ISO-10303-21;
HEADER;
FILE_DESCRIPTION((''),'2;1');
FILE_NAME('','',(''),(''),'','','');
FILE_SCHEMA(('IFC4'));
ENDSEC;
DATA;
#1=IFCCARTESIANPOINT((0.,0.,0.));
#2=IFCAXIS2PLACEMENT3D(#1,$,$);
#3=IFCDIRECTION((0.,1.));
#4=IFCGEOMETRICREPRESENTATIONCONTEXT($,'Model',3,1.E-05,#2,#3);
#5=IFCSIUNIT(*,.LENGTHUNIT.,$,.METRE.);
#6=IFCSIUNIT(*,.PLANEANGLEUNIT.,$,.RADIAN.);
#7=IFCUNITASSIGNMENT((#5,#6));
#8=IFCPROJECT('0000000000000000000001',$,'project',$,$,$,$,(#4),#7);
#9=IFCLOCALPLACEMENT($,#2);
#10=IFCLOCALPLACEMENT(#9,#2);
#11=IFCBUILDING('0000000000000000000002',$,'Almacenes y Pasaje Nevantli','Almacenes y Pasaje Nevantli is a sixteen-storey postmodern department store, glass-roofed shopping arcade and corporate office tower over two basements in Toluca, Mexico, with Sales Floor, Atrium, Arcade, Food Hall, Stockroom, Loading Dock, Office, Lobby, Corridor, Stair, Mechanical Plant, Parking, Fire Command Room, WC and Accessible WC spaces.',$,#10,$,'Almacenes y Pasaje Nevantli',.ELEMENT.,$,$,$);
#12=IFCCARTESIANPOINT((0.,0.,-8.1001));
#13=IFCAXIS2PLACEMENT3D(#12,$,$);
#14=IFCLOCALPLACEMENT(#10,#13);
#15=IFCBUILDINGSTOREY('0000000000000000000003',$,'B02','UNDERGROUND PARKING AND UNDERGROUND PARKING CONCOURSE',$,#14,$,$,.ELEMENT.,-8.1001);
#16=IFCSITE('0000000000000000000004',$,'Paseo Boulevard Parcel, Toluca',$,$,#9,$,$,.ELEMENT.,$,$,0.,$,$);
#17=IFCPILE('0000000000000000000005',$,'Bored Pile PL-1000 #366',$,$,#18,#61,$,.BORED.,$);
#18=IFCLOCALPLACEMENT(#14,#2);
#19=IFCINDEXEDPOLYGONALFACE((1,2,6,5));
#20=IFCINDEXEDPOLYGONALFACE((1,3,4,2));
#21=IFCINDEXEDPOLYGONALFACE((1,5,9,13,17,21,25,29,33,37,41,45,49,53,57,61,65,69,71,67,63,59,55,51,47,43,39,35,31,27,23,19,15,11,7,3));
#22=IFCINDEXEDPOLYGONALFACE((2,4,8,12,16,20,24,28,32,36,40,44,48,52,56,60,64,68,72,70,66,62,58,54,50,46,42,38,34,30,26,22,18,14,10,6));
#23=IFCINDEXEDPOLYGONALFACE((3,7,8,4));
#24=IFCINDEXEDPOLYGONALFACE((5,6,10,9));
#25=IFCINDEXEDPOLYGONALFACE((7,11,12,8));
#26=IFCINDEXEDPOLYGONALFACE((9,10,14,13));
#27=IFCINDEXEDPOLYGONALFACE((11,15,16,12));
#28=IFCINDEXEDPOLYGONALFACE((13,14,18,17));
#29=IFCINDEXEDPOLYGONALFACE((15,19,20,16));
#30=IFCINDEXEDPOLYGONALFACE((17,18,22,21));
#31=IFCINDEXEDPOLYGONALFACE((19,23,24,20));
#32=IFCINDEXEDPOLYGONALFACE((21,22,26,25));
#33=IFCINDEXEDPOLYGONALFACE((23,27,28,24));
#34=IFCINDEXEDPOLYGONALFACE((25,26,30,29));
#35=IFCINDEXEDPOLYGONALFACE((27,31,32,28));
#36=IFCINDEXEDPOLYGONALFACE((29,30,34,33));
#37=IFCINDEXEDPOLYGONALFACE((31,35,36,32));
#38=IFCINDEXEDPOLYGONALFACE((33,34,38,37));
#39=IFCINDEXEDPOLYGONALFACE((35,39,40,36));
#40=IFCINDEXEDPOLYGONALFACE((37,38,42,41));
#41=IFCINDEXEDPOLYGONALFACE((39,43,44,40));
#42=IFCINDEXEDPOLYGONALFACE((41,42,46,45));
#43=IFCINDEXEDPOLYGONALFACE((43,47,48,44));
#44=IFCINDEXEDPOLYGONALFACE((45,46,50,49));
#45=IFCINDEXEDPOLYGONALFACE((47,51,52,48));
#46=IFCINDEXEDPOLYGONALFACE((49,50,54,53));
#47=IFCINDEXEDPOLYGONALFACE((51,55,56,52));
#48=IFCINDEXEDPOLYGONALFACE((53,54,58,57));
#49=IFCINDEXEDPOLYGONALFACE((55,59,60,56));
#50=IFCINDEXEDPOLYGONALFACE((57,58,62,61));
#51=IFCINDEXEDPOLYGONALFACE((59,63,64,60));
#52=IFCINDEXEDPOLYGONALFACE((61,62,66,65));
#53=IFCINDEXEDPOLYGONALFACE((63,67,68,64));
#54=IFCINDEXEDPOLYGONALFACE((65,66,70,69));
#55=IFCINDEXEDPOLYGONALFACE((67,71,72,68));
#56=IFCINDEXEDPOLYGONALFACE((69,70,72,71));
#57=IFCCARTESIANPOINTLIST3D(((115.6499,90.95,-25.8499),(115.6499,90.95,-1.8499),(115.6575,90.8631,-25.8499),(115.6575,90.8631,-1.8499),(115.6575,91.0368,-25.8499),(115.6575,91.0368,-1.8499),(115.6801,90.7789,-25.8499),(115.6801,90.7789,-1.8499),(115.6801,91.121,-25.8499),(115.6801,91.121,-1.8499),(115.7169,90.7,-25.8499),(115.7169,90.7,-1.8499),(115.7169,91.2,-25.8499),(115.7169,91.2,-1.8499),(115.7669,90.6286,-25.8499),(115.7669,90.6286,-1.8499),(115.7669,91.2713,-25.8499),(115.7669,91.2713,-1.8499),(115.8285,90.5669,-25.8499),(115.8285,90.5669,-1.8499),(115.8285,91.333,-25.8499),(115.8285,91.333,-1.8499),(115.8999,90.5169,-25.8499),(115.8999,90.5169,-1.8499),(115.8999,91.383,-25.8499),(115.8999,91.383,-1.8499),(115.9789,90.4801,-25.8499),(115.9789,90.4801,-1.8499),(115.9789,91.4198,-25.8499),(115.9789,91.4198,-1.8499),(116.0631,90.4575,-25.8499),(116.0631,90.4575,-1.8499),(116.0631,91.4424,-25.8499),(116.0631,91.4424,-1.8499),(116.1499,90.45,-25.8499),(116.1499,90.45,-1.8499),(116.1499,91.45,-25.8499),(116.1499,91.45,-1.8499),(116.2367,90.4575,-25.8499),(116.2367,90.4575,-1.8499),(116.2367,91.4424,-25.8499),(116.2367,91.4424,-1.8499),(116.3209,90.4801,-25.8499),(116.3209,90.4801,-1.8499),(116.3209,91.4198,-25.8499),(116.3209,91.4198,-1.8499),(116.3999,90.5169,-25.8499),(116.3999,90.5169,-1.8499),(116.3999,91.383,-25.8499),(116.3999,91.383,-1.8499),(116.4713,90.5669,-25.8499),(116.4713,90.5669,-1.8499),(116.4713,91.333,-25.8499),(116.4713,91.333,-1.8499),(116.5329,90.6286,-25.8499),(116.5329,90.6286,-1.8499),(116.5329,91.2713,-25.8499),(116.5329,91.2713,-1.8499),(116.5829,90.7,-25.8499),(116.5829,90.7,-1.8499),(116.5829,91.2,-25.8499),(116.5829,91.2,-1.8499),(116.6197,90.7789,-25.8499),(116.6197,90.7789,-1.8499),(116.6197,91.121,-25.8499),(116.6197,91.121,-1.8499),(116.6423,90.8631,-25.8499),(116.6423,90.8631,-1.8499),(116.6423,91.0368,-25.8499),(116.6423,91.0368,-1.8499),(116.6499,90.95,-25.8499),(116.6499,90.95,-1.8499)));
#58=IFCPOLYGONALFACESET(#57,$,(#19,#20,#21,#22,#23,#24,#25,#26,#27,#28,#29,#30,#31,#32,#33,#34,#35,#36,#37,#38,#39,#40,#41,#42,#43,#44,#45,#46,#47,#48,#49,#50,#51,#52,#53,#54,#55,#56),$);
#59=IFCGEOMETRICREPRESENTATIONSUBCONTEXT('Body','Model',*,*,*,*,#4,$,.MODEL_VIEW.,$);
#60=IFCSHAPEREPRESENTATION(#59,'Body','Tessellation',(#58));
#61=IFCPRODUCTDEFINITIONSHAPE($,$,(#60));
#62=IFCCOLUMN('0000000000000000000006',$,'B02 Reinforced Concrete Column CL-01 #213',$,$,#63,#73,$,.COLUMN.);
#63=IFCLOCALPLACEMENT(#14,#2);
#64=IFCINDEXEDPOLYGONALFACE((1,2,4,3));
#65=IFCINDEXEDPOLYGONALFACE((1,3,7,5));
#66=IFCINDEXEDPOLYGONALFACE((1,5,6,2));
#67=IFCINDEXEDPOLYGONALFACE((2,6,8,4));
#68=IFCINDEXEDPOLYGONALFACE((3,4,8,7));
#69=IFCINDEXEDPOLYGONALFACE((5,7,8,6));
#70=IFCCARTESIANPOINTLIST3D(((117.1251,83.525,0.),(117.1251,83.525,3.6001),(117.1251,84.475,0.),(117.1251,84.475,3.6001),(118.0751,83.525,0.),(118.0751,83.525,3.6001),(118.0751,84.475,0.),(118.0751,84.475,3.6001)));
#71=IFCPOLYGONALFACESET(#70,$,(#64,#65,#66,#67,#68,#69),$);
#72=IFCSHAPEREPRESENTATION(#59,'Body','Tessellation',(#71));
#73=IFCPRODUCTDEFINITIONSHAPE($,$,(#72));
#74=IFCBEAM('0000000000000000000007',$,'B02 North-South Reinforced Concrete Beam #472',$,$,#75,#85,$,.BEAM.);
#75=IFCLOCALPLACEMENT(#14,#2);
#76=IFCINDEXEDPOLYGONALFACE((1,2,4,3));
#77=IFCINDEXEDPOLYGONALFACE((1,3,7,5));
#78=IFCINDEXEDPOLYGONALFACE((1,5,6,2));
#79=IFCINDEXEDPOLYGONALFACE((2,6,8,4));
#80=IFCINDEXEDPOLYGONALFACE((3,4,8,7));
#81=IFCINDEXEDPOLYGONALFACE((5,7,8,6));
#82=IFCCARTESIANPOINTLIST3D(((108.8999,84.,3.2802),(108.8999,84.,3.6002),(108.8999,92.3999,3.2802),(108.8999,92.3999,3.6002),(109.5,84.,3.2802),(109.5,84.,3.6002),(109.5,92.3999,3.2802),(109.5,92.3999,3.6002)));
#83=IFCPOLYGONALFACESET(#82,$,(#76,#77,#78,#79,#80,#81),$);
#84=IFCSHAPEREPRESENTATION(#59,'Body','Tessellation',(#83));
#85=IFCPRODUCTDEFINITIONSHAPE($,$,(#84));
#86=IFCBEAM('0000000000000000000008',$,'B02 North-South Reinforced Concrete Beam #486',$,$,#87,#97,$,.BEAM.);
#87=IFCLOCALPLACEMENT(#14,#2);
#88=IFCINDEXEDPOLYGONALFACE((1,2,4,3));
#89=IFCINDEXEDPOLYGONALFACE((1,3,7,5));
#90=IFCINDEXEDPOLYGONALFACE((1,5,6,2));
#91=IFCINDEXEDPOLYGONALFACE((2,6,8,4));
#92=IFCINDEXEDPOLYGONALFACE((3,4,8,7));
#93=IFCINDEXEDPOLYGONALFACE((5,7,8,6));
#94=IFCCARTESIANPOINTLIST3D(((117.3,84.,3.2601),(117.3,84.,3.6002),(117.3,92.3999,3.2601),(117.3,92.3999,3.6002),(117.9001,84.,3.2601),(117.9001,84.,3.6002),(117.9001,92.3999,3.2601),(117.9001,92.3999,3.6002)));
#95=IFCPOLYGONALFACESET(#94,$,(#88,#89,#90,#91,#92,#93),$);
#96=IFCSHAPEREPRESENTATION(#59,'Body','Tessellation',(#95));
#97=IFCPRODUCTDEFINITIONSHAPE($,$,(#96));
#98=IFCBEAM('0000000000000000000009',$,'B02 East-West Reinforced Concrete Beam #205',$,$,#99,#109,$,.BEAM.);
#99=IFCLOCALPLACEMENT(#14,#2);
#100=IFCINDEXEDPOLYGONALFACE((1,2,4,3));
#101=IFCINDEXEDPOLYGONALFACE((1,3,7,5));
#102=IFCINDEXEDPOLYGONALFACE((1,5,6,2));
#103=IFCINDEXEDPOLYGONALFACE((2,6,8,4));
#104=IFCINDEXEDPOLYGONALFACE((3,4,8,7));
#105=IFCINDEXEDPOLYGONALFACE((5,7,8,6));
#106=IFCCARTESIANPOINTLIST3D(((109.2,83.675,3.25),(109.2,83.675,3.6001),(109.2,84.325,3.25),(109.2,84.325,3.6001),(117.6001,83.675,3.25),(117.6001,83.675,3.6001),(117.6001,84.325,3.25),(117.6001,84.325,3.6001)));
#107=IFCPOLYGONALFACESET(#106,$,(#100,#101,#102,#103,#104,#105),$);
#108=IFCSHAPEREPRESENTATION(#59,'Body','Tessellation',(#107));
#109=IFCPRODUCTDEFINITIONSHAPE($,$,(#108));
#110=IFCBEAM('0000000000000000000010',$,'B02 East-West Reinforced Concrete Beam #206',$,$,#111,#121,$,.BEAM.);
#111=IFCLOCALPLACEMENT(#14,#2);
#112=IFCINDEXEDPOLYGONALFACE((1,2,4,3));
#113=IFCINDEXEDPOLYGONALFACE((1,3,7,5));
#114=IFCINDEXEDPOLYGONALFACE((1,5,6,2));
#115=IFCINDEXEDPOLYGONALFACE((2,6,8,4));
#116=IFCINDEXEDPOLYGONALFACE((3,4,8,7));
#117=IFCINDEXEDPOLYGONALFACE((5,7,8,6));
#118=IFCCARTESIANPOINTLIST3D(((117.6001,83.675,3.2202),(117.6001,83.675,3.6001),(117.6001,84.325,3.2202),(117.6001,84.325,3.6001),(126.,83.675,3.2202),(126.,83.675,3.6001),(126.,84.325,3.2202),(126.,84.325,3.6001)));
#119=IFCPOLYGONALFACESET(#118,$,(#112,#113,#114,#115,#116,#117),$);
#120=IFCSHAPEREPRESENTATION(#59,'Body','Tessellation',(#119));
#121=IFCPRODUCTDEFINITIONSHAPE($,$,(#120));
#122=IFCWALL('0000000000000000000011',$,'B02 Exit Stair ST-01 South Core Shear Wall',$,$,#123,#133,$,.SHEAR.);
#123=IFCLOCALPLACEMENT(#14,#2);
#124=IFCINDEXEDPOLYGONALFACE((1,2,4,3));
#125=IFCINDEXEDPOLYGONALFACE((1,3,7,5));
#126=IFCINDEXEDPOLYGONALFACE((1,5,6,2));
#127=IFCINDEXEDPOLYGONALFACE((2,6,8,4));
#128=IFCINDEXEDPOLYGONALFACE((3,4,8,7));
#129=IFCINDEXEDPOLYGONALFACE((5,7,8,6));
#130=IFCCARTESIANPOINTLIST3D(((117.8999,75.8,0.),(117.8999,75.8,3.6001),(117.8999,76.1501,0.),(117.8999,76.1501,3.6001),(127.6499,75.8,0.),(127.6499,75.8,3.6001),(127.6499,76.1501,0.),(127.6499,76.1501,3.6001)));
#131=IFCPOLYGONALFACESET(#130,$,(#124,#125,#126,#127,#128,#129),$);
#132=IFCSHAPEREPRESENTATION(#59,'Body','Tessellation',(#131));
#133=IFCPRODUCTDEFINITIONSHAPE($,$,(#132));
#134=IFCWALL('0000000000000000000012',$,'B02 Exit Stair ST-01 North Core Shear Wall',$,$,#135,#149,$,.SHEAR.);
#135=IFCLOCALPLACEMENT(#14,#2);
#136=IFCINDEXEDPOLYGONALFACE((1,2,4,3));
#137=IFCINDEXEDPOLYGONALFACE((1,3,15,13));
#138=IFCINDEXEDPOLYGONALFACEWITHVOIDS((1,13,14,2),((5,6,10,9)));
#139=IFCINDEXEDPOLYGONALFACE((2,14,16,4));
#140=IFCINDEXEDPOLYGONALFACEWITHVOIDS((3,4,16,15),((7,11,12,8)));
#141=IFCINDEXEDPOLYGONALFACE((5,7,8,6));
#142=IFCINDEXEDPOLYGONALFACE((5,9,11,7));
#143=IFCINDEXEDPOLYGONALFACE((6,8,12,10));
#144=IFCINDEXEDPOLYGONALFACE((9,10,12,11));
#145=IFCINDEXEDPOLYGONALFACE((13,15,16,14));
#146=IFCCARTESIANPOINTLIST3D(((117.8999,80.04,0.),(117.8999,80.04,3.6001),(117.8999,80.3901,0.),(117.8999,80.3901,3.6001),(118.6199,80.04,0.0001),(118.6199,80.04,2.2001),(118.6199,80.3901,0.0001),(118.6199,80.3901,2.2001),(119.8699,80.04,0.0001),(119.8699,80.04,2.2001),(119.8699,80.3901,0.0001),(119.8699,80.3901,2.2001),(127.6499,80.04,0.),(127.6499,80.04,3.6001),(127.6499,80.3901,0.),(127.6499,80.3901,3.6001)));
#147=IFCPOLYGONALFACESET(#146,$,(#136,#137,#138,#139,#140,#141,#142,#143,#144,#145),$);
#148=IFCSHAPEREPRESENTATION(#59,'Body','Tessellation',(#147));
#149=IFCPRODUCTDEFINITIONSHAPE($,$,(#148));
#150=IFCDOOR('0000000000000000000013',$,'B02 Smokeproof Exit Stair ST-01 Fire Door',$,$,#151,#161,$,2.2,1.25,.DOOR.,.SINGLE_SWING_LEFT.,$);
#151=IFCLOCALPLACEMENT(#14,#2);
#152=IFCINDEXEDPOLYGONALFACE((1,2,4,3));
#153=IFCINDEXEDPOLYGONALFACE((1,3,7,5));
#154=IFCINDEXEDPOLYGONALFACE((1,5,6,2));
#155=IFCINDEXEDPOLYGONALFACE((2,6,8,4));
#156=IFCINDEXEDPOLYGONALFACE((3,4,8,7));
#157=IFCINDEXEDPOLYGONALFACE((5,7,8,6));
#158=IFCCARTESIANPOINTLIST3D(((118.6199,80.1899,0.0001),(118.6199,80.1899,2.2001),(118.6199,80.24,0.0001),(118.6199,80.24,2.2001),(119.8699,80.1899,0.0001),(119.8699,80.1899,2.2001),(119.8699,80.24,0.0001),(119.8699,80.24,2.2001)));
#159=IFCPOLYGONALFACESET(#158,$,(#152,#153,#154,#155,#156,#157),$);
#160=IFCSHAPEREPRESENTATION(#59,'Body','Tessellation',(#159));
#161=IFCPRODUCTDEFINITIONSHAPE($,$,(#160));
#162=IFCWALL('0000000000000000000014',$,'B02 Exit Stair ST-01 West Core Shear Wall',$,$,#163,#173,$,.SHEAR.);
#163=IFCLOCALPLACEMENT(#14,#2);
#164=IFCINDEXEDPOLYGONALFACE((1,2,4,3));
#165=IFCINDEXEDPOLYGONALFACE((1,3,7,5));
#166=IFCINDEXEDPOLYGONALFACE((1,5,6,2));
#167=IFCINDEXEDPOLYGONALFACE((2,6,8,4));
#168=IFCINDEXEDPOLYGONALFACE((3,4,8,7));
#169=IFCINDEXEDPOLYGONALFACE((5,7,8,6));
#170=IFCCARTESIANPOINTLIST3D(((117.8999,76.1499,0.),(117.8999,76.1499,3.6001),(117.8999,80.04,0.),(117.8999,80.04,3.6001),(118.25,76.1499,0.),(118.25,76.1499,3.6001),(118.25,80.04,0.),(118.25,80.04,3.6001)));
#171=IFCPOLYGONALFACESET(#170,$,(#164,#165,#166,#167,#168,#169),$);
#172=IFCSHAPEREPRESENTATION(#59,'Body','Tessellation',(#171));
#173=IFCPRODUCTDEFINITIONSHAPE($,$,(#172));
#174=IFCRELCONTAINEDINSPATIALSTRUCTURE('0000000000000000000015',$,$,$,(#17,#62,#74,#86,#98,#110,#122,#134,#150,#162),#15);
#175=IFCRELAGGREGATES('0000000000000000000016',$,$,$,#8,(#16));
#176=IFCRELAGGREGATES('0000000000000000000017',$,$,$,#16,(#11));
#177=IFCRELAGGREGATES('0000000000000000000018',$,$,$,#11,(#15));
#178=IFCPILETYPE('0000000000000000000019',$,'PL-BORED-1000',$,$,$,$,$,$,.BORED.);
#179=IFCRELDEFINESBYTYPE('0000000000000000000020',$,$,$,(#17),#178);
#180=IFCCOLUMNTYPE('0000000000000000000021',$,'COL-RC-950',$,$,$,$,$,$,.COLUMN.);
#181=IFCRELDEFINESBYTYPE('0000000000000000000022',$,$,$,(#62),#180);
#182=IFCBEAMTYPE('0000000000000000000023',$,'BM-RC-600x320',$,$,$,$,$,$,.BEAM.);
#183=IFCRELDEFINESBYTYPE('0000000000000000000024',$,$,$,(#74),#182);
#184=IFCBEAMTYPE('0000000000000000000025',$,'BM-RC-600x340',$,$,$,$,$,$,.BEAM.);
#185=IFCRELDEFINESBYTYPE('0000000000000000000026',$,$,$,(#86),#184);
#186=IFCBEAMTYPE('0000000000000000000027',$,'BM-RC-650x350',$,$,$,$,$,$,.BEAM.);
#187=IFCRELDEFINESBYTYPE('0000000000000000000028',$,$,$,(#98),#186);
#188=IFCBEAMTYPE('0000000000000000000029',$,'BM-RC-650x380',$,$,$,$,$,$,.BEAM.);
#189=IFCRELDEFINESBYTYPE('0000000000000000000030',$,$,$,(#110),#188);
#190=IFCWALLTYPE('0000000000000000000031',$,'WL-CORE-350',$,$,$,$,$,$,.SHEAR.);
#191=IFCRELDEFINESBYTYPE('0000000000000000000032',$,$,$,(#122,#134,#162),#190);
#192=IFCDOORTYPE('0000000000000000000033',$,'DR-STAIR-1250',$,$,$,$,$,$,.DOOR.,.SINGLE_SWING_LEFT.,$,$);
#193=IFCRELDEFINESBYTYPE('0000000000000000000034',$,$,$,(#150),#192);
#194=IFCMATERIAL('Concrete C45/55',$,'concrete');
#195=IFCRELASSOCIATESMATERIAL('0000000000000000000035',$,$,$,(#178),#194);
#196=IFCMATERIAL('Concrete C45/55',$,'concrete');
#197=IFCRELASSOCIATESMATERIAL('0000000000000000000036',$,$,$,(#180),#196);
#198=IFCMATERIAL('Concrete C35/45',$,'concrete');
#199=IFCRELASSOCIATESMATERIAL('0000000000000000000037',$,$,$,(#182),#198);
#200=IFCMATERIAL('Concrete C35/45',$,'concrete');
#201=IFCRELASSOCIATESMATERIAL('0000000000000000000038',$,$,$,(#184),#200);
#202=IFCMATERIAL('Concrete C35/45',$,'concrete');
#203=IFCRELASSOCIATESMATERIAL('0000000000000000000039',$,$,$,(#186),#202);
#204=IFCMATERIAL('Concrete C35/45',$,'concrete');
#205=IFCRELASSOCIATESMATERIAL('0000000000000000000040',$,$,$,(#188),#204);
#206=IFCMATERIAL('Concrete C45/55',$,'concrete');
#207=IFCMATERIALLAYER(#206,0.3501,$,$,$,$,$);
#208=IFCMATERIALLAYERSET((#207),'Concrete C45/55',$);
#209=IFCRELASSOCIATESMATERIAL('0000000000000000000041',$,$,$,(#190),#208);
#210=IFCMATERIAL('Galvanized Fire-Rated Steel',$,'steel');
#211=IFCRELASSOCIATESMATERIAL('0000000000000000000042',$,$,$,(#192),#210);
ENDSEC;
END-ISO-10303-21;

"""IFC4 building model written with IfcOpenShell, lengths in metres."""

from ifc_helpers import new_model, si_unit, direction, frame, frame_2d, origin, origin_2d, place, context, subcontext, project, spatial, rectangle, circle, extrude, material, layer, layer_set, material_profile, profile_set, type_object, element, fill, save


model = new_model("IFC4")

# Units and contexts
model_context = context("Model", 3, precision=1e-05, world=origin(), true_north=direction((0.0, 1.0)))
body_context = subcontext(model_context, "Body", "Model", "MODEL_VIEW")
ifc_project = project(units=[si_unit("LENGTHUNIT", "METRE"), si_unit("PLANEANGLEUNIT", "RADIAN")], contexts=[model_context])

# Site, building, storey
site_placement = place(None, origin())
site = spatial("IfcSite", under=ifc_project, at=site_placement, Name="Paseo Boulevard Parcel, Toluca", CompositionType="ELEMENT", RefElevation=0.0)
building_placement = place(site_placement, origin())
building = spatial("IfcBuilding", under=site, at=building_placement, Name="Almacenes y Pasaje Nevantli", Description="Almacenes y Pasaje Nevantli is a sixteen-storey postmodern department store, glass-roofed shopping arcade and corporate office tower over two basements in Toluca, Mexico, with Sales Floor, Atrium, Arcade, Food Hall, Stockroom, Loading Dock, Office, Lobby, Corridor, Stair, Mechanical Plant, Parking, Fire Command Room, WC and Accessible WC spaces.", LongName="Almacenes y Pasaje Nevantli", CompositionType="ELEMENT")
storey_placement = place(building_placement, frame((0.0, 0.0, -8.1001)))
storey = spatial("IfcBuildingStorey", under=building, at=storey_placement, Name="B02", Description="UNDERGROUND PARKING AND UNDERGROUND PARKING CONCOURSE", CompositionType="ELEMENT", Elevation=-8.1001)

# Pile
ifc_material_1 = material(Name="Concrete C45/55", Category="concrete")
ifc_material_profile_1 = material_profile(ifc_material_1, circle(Radius=0.5, at=origin_2d()), Name="RC-PILE-D1000")
ifc_profile_set_1 = profile_set([ifc_material_profile_1], Name="Concrete C45/55")
pile_type = type_object("IfcPileType", Name="PL-BORED-1000", PredefinedType="BORED", material=ifc_profile_set_1)
for number, where, z_axis, x_axis, name in (
    (1, (116.1499, 90.95, -1.8499), (0.0, 0.0, -1.0), (1.0, 0.0, 0.0), "Bored Pile PL-1000 #366"),
):
    element("IfcPile", number, at=place(storey_placement, frame(where, z_axis=z_axis, x_axis=x_axis)), inside=storey, type_object=pile_type, Name=name, PredefinedType="BORED", context=body_context, shape_type="SweptSolid", body=[
        extrude(circle(Radius=0.5, at=origin_2d()), origin(), (0.0, 0.0, 1.0), 24.0),
    ])

# Column
ifc_material_2 = material(Name="Concrete C45/55", Category="concrete")
ifc_material_profile_2 = material_profile(ifc_material_2, rectangle(XDim=0.95, YDim=0.95, at=origin_2d()), Name="RC-COL-950x950")
ifc_profile_set_2 = profile_set([ifc_material_profile_2], Name="Concrete C45/55")
column_type = type_object("IfcColumnType", Name="COL-RC-950", PredefinedType="COLUMN", material=ifc_profile_set_2)
column_placement = place(storey_placement, frame((117.6001, 84.0, 0.0), z_axis=(0.0, 0.0, 1.0), x_axis=(1.0, 0.0, 0.0)))
element("IfcColumn", 2, at=column_placement, inside=storey, type_object=column_type, Name="B02 Reinforced Concrete Column CL-01 #213", PredefinedType="COLUMN", context=body_context, shape_type="SweptSolid", body=[
    extrude(rectangle(XDim=0.95, YDim=0.95, at=origin_2d()), origin(), (0.0, 0.0, 1.0), 3.6001),
])

# Beams
ifc_material_3 = material(Name="Concrete C35/45", Category="concrete")
ifc_material_profile_3 = material_profile(ifc_material_3, rectangle(XDim=0.6001, YDim=0.3201, at=origin_2d()), Name="RC-BM-600x320")
ifc_profile_set_3 = profile_set([ifc_material_profile_3], Name="Concrete C35/45")
beam_type_1 = type_object("IfcBeamType", Name="BM-RC-600x320", PredefinedType="BEAM", material=ifc_profile_set_3)
beam_1_placement = place(storey_placement, frame((109.2, 84.0, 3.4402), z_axis=(0.0, 1.0, 0.0), x_axis=(-1.0, 0.0, 0.0)))
element("IfcBeam", 3, at=beam_1_placement, inside=storey, type_object=beam_type_1, Name="B02 North-South Reinforced Concrete Beam #472", PredefinedType="BEAM", context=body_context, shape_type="SweptSolid", body=[
    extrude(rectangle(XDim=0.6001, YDim=0.3201, at=origin_2d()), origin(), (0.0, 0.0, 1.0), 8.3999),
])
ifc_material_4 = material(Name="Concrete C35/45", Category="concrete")
ifc_material_profile_4 = material_profile(ifc_material_4, rectangle(XDim=0.6001, YDim=0.3401, at=origin_2d()), Name="RC-BM-600x340")
ifc_profile_set_4 = profile_set([ifc_material_profile_4], Name="Concrete C35/45")
beam_type_2 = type_object("IfcBeamType", Name="BM-RC-600x340", PredefinedType="BEAM", material=ifc_profile_set_4)
beam_2_placement = place(storey_placement, frame((117.6001, 84.0, 3.4302), z_axis=(0.0, 1.0, 0.0), x_axis=(-1.0, 0.0, 0.0)))
element("IfcBeam", 4, at=beam_2_placement, inside=storey, type_object=beam_type_2, Name="B02 North-South Reinforced Concrete Beam #486", PredefinedType="BEAM", context=body_context, shape_type="SweptSolid", body=[
    extrude(rectangle(XDim=0.6001, YDim=0.3401, at=origin_2d()), origin(), (0.0, 0.0, 1.0), 8.3999),
])
ifc_material_5 = material(Name="Concrete C35/45", Category="concrete")
ifc_material_profile_5 = material_profile(ifc_material_5, rectangle(XDim=0.6499, YDim=0.3501, at=origin_2d()), Name="RC-BM-650x350")
ifc_profile_set_5 = profile_set([ifc_material_profile_5], Name="Concrete C35/45")
beam_type_3 = type_object("IfcBeamType", Name="BM-RC-650x350", PredefinedType="BEAM", material=ifc_profile_set_5)
beam_3_placement = place(storey_placement, frame((109.2, 84.0, 3.425), z_axis=(1.0, 0.0, 0.0), x_axis=(0.0, 1.0, 0.0)))
element("IfcBeam", 5, at=beam_3_placement, inside=storey, type_object=beam_type_3, Name="B02 East-West Reinforced Concrete Beam #205", PredefinedType="BEAM", context=body_context, shape_type="SweptSolid", body=[
    extrude(rectangle(XDim=0.6499, YDim=0.3501, at=origin_2d()), origin(), (0.0, 0.0, 1.0), 8.4001),
])
ifc_material_6 = material(Name="Concrete C35/45", Category="concrete")
ifc_material_profile_6 = material_profile(ifc_material_6, rectangle(XDim=0.6499, YDim=0.3799, at=origin_2d()), Name="RC-BM-650x380")
ifc_profile_set_6 = profile_set([ifc_material_profile_6], Name="Concrete C35/45")
beam_type_4 = type_object("IfcBeamType", Name="BM-RC-650x380", PredefinedType="BEAM", material=ifc_profile_set_6)
beam_4_placement = place(storey_placement, frame((117.6001, 84.0, 3.4102), z_axis=(1.0, 0.0, 0.0), x_axis=(0.0, 1.0, 0.0)))
element("IfcBeam", 6, at=beam_4_placement, inside=storey, type_object=beam_type_4, Name="B02 East-West Reinforced Concrete Beam #206", PredefinedType="BEAM", context=body_context, shape_type="SweptSolid", body=[
    extrude(rectangle(XDim=0.6499, YDim=0.3799, at=origin_2d()), origin(), (0.0, 0.0, 1.0), 8.3999),
])

# Wall
ifc_material_7 = material(Name="Concrete C45/55", Category="concrete")
ifc_layer_1 = layer(ifc_material_7, 0.3501)
ifc_layer_set_1 = layer_set([ifc_layer_1], Name="Concrete C45/55")
wall_type = type_object("IfcWallType", Name="WL-CORE-350", PredefinedType="SHEAR", material=ifc_layer_set_1)
wall_1_placement = place(storey_placement, frame((117.8999, 75.9751, 0.0), z_axis=(0.0, 0.0, 1.0), x_axis=(1.0, 0.0, 0.0)))
element("IfcWall", 7, at=wall_1_placement, inside=storey, type_object=wall_type, Name="B02 Exit Stair ST-01 South Core Shear Wall", PredefinedType="SHEAR", context=body_context, shape_type="SweptSolid", body=[
    extrude(rectangle(XDim=9.75, YDim=0.3501, at=frame_2d((4.875, 0.0))), origin(), (0.0, 0.0, 1.0), 3.6001),
])

# Wall, opening, door
wall_2_placement = place(storey_placement, frame((117.8999, 80.2151, 0.0), z_axis=(0.0, 0.0, 1.0), x_axis=(1.0, 0.0, 0.0)))
wall_2 = element("IfcWall", 8, at=wall_2_placement, inside=storey, type_object=wall_type, Name="B02 Exit Stair ST-01 North Core Shear Wall", PredefinedType="SHEAR", context=body_context, shape_type="SweptSolid", body=[
    extrude(rectangle(XDim=9.75, YDim=0.3501, at=frame_2d((4.875, 0.0))), origin(), (0.0, 0.0, 1.0), 3.6001),
])
opening_placement = place(wall_2_placement, frame((0.72, 0.0, 0.0)))
opening = element("IfcOpeningElement", 9, at=opening_placement, cuts=wall_2, PredefinedType="OPENING", context=body_context, shape_type="SweptSolid", body=[
    extrude(rectangle(XDim=1.25, YDim=2.2, at=frame_2d((0.625, 1.1001))), frame((0.0, 0.1851, 0.0), z_axis=(0.0, -1.0, 0.0), x_axis=(1.0, 0.0, 0.0)), (0.0, 0.0, 1.0), 0.3701),
])
ifc_material_8 = material(Name="Galvanized Fire-Rated Steel", Category="steel")
door_type = type_object("IfcDoorType", Name="DR-STAIR-1250", OperationType="SINGLE_SWING_LEFT", PredefinedType="DOOR", material=ifc_material_8)
door_placement = place(opening_placement, origin())
door = element("IfcDoor", 10, at=door_placement, inside=storey, type_object=door_type, Name="B02 Smokeproof Exit Stair ST-01 Fire Door", OperationType="SINGLE_SWING_LEFT", OverallHeight=2.2, OverallWidth=1.25, PredefinedType="DOOR", context=body_context, shape_type="SweptSolid", body=[
    extrude(rectangle(XDim=1.25, YDim=2.2, at=frame_2d((0.625, 1.1001))), frame((0.0, 0.0249, 0.0), z_axis=(0.0, -1.0, 0.0), x_axis=(1.0, 0.0, 0.0)), (0.0, 0.0, 1.0), 0.05),
])
fill(opening, door)

# Wall
wall_3_placement = place(storey_placement, frame((118.075, 76.1499, 0.0), z_axis=(0.0, 0.0, 1.0), x_axis=(0.0, 1.0, 0.0)))
element("IfcWall", 11, at=wall_3_placement, inside=storey, type_object=wall_type, Name="B02 Exit Stair ST-01 West Core Shear Wall", PredefinedType="SHEAR", context=body_context, shape_type="SweptSolid", body=[
    extrude(rectangle(XDim=3.8901, YDim=0.3501, at=frame_2d((1.9451, 0.0))), origin(), (0.0, 0.0, 1.0), 3.6001),
])

save(model, "model.ifc")
